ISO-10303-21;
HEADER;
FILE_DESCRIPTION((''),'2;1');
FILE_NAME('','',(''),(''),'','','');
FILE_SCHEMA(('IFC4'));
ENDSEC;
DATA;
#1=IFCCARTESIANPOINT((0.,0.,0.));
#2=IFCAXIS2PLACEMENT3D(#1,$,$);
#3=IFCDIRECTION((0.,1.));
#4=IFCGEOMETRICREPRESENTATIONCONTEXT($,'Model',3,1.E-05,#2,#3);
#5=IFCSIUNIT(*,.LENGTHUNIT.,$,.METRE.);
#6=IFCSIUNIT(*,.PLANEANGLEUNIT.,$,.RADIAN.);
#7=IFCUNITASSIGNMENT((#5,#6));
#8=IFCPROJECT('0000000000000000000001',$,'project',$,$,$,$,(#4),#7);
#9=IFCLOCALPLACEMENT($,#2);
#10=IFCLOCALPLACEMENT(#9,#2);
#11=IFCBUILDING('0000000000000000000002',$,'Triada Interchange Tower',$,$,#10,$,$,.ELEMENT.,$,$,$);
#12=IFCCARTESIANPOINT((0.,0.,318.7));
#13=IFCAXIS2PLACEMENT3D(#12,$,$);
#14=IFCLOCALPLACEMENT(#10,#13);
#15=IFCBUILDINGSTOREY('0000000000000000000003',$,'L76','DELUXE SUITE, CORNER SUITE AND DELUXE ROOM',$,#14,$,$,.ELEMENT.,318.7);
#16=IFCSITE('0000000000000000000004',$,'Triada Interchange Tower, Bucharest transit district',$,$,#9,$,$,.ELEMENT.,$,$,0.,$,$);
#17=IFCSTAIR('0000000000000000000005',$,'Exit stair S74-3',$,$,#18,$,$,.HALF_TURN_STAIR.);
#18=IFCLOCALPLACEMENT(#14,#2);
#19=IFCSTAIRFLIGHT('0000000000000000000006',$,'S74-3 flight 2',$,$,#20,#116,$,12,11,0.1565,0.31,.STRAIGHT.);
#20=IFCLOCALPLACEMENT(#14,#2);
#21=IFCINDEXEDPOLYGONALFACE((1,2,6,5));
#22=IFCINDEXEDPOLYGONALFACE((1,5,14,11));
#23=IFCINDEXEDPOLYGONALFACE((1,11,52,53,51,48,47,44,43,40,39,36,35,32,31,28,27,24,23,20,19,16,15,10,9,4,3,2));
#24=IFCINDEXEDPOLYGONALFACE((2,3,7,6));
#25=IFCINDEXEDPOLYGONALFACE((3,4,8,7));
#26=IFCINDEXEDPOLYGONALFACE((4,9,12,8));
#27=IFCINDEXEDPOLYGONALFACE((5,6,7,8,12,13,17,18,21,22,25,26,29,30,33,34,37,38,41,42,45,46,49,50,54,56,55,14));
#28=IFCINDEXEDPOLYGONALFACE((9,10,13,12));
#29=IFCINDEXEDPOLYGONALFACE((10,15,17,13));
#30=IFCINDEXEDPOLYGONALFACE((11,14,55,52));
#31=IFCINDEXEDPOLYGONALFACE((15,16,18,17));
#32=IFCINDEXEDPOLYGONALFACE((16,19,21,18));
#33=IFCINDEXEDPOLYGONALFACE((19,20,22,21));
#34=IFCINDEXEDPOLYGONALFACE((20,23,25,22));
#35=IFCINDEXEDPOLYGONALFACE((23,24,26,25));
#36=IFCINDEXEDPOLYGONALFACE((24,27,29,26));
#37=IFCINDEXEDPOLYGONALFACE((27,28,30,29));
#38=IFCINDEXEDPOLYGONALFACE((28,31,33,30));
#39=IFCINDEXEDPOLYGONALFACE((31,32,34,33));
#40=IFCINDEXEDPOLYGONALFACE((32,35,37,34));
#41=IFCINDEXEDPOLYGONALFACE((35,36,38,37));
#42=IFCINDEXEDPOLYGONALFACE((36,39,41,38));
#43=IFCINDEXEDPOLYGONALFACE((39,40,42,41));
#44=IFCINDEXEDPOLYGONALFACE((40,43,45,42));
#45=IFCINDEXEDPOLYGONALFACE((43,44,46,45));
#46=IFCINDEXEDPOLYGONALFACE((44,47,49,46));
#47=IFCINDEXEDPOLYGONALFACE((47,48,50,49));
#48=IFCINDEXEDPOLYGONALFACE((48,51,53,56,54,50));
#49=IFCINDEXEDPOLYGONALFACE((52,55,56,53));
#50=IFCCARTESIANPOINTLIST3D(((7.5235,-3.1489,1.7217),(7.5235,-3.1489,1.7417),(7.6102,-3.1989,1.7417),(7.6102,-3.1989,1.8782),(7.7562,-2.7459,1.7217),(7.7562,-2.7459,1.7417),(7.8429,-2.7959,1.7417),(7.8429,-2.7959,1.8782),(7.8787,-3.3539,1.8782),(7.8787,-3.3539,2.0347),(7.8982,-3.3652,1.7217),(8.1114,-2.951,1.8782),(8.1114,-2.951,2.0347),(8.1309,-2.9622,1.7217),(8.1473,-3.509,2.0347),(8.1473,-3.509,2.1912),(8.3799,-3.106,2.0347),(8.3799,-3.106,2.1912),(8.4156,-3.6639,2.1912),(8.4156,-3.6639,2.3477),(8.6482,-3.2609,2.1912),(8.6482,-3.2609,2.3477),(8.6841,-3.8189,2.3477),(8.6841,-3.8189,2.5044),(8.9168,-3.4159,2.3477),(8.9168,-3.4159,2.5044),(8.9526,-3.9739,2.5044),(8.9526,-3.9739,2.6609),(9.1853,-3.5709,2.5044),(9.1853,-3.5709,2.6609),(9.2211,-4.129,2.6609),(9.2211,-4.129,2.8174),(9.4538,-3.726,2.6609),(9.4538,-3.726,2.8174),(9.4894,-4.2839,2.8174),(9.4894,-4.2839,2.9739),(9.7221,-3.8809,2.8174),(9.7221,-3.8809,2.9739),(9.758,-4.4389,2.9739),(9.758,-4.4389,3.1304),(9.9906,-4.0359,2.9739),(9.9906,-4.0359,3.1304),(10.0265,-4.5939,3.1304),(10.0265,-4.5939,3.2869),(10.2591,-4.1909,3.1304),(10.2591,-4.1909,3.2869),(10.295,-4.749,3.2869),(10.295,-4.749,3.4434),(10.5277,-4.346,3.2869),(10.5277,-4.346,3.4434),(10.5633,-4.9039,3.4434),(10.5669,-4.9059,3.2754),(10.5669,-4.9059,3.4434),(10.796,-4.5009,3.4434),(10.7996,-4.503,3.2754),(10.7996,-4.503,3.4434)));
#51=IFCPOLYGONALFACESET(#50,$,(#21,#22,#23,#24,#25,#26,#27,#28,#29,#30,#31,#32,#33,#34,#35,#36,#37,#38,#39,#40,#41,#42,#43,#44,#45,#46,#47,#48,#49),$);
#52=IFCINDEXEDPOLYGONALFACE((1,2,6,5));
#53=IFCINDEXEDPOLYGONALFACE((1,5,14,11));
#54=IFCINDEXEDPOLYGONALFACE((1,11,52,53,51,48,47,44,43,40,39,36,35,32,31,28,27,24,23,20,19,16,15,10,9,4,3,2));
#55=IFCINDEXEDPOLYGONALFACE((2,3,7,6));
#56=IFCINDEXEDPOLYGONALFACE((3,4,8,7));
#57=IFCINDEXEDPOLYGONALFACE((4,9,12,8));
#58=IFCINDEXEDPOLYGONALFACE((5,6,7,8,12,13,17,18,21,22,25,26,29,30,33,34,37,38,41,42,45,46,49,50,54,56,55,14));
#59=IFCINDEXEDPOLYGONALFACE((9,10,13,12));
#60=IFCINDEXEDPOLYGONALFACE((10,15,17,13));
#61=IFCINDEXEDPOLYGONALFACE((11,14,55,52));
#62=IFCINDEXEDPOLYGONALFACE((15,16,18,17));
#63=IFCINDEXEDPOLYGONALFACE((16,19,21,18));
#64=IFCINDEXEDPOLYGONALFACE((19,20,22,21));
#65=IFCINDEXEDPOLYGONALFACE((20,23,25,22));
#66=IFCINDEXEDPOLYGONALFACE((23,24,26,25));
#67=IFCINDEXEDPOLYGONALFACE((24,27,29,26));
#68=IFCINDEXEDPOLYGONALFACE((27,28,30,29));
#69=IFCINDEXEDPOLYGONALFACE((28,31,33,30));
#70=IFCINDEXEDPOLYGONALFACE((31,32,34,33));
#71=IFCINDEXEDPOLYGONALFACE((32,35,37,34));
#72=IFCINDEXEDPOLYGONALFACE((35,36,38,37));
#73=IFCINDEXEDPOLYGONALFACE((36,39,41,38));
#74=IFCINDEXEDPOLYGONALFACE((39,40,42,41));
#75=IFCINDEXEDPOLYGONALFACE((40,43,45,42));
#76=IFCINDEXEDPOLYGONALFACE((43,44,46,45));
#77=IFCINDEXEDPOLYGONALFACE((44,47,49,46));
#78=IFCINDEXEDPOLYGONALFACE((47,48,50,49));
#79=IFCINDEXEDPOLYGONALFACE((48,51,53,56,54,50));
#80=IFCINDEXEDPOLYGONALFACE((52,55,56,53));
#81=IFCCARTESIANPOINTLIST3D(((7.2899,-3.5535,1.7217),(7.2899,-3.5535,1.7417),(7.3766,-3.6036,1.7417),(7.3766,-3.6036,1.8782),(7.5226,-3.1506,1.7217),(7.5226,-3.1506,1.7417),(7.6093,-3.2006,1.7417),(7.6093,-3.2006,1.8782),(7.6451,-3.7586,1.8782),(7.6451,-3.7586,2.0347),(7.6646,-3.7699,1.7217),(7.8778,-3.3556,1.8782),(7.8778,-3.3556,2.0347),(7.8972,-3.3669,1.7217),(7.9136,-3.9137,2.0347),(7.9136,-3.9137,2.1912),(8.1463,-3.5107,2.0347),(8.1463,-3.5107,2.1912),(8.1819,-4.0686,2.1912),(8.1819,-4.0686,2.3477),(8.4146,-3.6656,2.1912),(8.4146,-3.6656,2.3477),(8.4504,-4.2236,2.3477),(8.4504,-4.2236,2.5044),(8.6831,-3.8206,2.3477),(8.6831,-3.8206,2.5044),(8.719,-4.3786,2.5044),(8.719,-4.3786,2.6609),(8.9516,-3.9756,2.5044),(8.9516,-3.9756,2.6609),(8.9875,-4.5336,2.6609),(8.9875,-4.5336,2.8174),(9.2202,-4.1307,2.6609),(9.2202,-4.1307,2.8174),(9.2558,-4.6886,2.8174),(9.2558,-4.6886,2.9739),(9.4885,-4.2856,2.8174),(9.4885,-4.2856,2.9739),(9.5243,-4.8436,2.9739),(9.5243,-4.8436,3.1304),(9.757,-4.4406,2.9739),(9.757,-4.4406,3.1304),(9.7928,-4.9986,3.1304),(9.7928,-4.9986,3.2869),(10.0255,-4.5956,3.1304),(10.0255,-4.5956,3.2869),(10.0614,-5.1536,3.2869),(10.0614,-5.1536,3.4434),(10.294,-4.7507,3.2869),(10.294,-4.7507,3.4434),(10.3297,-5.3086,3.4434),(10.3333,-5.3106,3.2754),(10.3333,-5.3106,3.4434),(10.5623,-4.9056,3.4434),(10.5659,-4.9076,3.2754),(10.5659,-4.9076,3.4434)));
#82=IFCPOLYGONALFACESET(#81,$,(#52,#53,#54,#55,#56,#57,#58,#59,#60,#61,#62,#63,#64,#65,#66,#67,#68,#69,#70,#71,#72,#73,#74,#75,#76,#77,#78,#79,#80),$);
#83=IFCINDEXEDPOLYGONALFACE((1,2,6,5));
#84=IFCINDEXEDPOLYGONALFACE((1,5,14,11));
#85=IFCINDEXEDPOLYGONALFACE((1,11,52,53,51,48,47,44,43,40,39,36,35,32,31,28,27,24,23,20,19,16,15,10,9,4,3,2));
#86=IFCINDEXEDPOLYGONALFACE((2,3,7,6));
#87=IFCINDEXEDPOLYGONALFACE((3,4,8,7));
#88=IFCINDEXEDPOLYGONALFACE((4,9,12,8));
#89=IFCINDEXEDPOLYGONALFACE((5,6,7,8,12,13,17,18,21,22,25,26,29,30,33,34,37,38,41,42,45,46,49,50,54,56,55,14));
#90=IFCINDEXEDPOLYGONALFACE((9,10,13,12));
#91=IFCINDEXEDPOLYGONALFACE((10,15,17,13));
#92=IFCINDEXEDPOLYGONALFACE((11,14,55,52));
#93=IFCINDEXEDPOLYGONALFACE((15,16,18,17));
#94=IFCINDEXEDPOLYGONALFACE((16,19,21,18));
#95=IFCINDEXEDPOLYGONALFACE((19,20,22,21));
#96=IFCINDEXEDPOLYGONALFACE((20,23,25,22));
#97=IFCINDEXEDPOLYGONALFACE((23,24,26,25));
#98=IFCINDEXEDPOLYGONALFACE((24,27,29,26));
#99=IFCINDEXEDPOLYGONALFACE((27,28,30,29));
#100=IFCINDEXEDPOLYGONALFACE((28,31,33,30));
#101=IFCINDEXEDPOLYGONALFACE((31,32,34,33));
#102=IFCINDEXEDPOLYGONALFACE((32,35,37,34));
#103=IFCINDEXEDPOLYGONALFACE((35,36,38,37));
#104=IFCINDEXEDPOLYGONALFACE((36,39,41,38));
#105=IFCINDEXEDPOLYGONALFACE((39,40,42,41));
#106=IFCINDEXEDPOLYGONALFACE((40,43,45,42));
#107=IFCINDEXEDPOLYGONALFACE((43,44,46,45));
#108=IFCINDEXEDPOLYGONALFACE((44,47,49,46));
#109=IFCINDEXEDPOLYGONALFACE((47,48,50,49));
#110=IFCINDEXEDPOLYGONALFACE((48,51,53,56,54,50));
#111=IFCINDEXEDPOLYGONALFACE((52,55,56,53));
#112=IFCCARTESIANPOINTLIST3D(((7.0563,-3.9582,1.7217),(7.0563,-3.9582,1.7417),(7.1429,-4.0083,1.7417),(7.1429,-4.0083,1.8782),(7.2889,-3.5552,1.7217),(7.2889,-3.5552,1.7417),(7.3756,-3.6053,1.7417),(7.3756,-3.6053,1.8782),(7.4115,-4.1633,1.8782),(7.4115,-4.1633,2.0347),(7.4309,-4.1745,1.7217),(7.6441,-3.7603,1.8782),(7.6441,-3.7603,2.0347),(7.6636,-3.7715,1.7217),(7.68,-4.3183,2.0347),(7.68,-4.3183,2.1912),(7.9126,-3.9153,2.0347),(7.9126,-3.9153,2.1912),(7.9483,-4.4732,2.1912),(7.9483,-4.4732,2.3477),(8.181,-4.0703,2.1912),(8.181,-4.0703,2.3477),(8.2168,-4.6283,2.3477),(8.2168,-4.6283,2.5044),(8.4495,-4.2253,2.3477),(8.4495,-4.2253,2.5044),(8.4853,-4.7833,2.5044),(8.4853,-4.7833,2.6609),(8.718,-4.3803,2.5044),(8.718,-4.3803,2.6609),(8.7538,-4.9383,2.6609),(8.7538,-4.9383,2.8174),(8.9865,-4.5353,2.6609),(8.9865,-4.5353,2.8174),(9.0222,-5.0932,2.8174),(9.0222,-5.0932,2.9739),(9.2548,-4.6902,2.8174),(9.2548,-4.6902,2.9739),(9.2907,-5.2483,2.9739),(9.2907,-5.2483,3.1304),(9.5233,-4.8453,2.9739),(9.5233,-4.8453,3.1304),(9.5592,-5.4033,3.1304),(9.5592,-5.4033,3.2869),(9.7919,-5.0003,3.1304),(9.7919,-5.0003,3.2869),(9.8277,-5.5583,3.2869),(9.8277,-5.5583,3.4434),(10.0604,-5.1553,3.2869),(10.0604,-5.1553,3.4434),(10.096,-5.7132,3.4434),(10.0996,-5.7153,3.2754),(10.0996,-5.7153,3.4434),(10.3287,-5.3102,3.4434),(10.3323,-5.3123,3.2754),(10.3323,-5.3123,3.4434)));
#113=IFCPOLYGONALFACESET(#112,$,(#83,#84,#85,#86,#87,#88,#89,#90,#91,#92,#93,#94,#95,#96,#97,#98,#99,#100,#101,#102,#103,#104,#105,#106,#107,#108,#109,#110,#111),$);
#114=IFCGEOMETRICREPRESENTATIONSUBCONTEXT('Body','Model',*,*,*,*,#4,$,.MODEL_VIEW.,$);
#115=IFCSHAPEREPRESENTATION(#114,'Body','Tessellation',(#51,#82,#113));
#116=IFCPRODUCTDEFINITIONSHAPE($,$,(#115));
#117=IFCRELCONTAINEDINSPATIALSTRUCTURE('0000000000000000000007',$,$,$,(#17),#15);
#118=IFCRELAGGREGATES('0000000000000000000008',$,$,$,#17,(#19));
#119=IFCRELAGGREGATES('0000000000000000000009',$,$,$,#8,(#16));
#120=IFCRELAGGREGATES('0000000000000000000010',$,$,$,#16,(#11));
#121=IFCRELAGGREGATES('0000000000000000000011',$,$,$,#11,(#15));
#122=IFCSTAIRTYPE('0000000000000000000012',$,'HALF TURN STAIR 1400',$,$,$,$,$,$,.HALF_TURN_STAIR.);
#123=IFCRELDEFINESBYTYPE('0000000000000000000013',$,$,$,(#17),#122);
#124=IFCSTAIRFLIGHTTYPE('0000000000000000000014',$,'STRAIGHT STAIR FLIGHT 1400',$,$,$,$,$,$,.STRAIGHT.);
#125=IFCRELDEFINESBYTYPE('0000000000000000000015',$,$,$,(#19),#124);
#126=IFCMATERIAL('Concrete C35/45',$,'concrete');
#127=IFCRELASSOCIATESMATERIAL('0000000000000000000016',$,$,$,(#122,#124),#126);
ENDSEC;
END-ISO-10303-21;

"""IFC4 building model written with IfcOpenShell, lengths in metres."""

from ifc_helpers import new_model, si_unit, direction, frame, origin, place, context, subcontext, project, spatial, polyline, outline, extrude, material, type_object, element, aggregate, save


model = new_model("IFC4")

# Units and contexts
model_context = context("Model", 3, precision=1e-05, world=origin(), true_north=direction((0.0, 1.0)))
body_context = subcontext(model_context, "Body", "Model", "MODEL_VIEW")
ifc_project = project(units=[si_unit("LENGTHUNIT", "METRE"), si_unit("PLANEANGLEUNIT", "RADIAN")], contexts=[model_context])

# Site, building, storey
site_placement = place(None, origin())
site = spatial("IfcSite", under=ifc_project, at=site_placement, Name="Triada Interchange Tower, Bucharest transit district", CompositionType="ELEMENT", RefElevation=0.0)
building_placement = place(site_placement, origin())
building = spatial("IfcBuilding", under=site, at=building_placement, Name="Triada Interchange Tower", CompositionType="ELEMENT")
storey_placement = place(building_placement, frame((0.0, 0.0, 318.7)))
storey = spatial("IfcBuildingStorey", under=building, at=storey_placement, Name="L76", Description="DELUXE SUITE, CORNER SUITE AND DELUXE ROOM", CompositionType="ELEMENT", Elevation=318.7)

# Stair, stair flight
ifc_material_1 = material(Name="Concrete C35/45", Category="concrete")
stair_type = type_object("IfcStairType", Name="HALF TURN STAIR 1400", PredefinedType="HALF_TURN_STAIR", material=ifc_material_1)
stair_placement = place(storey_placement, origin())
stair = element("IfcStair", 1, at=stair_placement, inside=storey, type_object=stair_type, Name="Exit stair S74-3", PredefinedType="HALF_TURN_STAIR")
stair_flight_type = type_object("IfcStairFlightType", Name="STRAIGHT STAIR FLIGHT 1400", PredefinedType="STRAIGHT", material=ifc_material_1)
stair_flight_1_placement = place(storey_placement, frame((7.4929, -3.4021, 1.7217), z_axis=(0.0, 0.0, 1.0), x_axis=(0.866025, -0.5, 0.0)))
stair_flight_1 = element("IfcStairFlight", 2, at=stair_flight_1_placement, type_object=stair_flight_type, Name="S74-3 flight 2", NumberOfRisers=12, NumberOfTreads=11, PredefinedType="STRAIGHT", RiserHeight=0.1565, TreadLength=0.31, context=body_context, shape_type="SweptSolid", body=[
    extrude(outline(polyline([(-0.1001, 0.0), (-0.1001, 0.02), (0.0, 0.02), (0.0, 0.1565), (0.3101, 0.1565), (0.3101, 0.313), (0.6201, 0.313), (0.6201, 0.4695), (0.9299, 0.4695), (0.9299, 0.626), (1.24, 0.626), (1.24, 0.7827), (1.55, 0.7827), (1.55, 0.9392), (1.8601, 0.9392), (1.8601, 1.0957), (2.1699, 1.0957), (2.1699, 1.2522), (2.48, 1.2522), (2.48, 1.4087), (2.79, 1.4087), (2.79, 1.5652), (3.1001, 1.5652), (3.1001, 1.7217), (3.4099, 1.7217), (3.4141, 1.7217), (3.4141, 1.8782), (3.4141, 1.5537), (0.3325, 0.0), (-0.1001, 0.0)])), frame((0.0, 0.7, 0.0), z_axis=(0.0, -1.0, 0.0), x_axis=(1.0, 0.0, 0.0)), (0.0, 0.0, 1.0), 0.4653),
    extrude(outline(polyline([(-0.1001, 0.0), (-0.1001, 0.02), (0.0, 0.02), (0.0, 0.1565), (0.3101, 0.1565), (0.3101, 0.313), (0.6201, 0.313), (0.6201, 0.4695), (0.9299, 0.4695), (0.9299, 0.626), (1.24, 0.626), (1.24, 0.7827), (1.55, 0.7827), (1.55, 0.9392), (1.8601, 0.9392), (1.8601, 1.0957), (2.1699, 1.0957), (2.1699, 1.2522), (2.48, 1.2522), (2.48, 1.4087), (2.79, 1.4087), (2.79, 1.5652), (3.1001, 1.5652), (3.1001, 1.7217), (3.4099, 1.7217), (3.4141, 1.7217), (3.4141, 1.8782), (3.4141, 1.5537), (0.3325, 0.0), (-0.1001, 0.0)])), frame((0.0, 0.2327, 0.0), z_axis=(0.0, -1.0, 0.0), x_axis=(1.0, 0.0, 0.0)), (0.0, 0.0, 1.0), 0.4653),
    extrude(outline(polyline([(-0.1001, 0.0), (-0.1001, 0.02), (0.0, 0.02), (0.0, 0.1565), (0.3101, 0.1565), (0.3101, 0.313), (0.6201, 0.313), (0.6201, 0.4695), (0.9299, 0.4695), (0.9299, 0.626), (1.24, 0.626), (1.24, 0.7827), (1.55, 0.7827), (1.55, 0.9392), (1.8601, 0.9392), (1.8601, 1.0957), (2.1699, 1.0957), (2.1699, 1.2522), (2.48, 1.2522), (2.48, 1.4087), (2.79, 1.4087), (2.79, 1.5652), (3.1001, 1.5652), (3.1001, 1.7217), (3.4099, 1.7217), (3.4141, 1.7217), (3.4141, 1.8782), (3.4141, 1.5537), (0.3325, 0.0), (-0.1001, 0.0)])), frame((0.0, -0.2346, 0.0), z_axis=(0.0, -1.0, 0.0), x_axis=(1.0, 0.0, 0.0)), (0.0, 0.0, 1.0), 0.4653),
])
aggregate(stair, [stair_flight_1])

save(model, "model.ifc")
